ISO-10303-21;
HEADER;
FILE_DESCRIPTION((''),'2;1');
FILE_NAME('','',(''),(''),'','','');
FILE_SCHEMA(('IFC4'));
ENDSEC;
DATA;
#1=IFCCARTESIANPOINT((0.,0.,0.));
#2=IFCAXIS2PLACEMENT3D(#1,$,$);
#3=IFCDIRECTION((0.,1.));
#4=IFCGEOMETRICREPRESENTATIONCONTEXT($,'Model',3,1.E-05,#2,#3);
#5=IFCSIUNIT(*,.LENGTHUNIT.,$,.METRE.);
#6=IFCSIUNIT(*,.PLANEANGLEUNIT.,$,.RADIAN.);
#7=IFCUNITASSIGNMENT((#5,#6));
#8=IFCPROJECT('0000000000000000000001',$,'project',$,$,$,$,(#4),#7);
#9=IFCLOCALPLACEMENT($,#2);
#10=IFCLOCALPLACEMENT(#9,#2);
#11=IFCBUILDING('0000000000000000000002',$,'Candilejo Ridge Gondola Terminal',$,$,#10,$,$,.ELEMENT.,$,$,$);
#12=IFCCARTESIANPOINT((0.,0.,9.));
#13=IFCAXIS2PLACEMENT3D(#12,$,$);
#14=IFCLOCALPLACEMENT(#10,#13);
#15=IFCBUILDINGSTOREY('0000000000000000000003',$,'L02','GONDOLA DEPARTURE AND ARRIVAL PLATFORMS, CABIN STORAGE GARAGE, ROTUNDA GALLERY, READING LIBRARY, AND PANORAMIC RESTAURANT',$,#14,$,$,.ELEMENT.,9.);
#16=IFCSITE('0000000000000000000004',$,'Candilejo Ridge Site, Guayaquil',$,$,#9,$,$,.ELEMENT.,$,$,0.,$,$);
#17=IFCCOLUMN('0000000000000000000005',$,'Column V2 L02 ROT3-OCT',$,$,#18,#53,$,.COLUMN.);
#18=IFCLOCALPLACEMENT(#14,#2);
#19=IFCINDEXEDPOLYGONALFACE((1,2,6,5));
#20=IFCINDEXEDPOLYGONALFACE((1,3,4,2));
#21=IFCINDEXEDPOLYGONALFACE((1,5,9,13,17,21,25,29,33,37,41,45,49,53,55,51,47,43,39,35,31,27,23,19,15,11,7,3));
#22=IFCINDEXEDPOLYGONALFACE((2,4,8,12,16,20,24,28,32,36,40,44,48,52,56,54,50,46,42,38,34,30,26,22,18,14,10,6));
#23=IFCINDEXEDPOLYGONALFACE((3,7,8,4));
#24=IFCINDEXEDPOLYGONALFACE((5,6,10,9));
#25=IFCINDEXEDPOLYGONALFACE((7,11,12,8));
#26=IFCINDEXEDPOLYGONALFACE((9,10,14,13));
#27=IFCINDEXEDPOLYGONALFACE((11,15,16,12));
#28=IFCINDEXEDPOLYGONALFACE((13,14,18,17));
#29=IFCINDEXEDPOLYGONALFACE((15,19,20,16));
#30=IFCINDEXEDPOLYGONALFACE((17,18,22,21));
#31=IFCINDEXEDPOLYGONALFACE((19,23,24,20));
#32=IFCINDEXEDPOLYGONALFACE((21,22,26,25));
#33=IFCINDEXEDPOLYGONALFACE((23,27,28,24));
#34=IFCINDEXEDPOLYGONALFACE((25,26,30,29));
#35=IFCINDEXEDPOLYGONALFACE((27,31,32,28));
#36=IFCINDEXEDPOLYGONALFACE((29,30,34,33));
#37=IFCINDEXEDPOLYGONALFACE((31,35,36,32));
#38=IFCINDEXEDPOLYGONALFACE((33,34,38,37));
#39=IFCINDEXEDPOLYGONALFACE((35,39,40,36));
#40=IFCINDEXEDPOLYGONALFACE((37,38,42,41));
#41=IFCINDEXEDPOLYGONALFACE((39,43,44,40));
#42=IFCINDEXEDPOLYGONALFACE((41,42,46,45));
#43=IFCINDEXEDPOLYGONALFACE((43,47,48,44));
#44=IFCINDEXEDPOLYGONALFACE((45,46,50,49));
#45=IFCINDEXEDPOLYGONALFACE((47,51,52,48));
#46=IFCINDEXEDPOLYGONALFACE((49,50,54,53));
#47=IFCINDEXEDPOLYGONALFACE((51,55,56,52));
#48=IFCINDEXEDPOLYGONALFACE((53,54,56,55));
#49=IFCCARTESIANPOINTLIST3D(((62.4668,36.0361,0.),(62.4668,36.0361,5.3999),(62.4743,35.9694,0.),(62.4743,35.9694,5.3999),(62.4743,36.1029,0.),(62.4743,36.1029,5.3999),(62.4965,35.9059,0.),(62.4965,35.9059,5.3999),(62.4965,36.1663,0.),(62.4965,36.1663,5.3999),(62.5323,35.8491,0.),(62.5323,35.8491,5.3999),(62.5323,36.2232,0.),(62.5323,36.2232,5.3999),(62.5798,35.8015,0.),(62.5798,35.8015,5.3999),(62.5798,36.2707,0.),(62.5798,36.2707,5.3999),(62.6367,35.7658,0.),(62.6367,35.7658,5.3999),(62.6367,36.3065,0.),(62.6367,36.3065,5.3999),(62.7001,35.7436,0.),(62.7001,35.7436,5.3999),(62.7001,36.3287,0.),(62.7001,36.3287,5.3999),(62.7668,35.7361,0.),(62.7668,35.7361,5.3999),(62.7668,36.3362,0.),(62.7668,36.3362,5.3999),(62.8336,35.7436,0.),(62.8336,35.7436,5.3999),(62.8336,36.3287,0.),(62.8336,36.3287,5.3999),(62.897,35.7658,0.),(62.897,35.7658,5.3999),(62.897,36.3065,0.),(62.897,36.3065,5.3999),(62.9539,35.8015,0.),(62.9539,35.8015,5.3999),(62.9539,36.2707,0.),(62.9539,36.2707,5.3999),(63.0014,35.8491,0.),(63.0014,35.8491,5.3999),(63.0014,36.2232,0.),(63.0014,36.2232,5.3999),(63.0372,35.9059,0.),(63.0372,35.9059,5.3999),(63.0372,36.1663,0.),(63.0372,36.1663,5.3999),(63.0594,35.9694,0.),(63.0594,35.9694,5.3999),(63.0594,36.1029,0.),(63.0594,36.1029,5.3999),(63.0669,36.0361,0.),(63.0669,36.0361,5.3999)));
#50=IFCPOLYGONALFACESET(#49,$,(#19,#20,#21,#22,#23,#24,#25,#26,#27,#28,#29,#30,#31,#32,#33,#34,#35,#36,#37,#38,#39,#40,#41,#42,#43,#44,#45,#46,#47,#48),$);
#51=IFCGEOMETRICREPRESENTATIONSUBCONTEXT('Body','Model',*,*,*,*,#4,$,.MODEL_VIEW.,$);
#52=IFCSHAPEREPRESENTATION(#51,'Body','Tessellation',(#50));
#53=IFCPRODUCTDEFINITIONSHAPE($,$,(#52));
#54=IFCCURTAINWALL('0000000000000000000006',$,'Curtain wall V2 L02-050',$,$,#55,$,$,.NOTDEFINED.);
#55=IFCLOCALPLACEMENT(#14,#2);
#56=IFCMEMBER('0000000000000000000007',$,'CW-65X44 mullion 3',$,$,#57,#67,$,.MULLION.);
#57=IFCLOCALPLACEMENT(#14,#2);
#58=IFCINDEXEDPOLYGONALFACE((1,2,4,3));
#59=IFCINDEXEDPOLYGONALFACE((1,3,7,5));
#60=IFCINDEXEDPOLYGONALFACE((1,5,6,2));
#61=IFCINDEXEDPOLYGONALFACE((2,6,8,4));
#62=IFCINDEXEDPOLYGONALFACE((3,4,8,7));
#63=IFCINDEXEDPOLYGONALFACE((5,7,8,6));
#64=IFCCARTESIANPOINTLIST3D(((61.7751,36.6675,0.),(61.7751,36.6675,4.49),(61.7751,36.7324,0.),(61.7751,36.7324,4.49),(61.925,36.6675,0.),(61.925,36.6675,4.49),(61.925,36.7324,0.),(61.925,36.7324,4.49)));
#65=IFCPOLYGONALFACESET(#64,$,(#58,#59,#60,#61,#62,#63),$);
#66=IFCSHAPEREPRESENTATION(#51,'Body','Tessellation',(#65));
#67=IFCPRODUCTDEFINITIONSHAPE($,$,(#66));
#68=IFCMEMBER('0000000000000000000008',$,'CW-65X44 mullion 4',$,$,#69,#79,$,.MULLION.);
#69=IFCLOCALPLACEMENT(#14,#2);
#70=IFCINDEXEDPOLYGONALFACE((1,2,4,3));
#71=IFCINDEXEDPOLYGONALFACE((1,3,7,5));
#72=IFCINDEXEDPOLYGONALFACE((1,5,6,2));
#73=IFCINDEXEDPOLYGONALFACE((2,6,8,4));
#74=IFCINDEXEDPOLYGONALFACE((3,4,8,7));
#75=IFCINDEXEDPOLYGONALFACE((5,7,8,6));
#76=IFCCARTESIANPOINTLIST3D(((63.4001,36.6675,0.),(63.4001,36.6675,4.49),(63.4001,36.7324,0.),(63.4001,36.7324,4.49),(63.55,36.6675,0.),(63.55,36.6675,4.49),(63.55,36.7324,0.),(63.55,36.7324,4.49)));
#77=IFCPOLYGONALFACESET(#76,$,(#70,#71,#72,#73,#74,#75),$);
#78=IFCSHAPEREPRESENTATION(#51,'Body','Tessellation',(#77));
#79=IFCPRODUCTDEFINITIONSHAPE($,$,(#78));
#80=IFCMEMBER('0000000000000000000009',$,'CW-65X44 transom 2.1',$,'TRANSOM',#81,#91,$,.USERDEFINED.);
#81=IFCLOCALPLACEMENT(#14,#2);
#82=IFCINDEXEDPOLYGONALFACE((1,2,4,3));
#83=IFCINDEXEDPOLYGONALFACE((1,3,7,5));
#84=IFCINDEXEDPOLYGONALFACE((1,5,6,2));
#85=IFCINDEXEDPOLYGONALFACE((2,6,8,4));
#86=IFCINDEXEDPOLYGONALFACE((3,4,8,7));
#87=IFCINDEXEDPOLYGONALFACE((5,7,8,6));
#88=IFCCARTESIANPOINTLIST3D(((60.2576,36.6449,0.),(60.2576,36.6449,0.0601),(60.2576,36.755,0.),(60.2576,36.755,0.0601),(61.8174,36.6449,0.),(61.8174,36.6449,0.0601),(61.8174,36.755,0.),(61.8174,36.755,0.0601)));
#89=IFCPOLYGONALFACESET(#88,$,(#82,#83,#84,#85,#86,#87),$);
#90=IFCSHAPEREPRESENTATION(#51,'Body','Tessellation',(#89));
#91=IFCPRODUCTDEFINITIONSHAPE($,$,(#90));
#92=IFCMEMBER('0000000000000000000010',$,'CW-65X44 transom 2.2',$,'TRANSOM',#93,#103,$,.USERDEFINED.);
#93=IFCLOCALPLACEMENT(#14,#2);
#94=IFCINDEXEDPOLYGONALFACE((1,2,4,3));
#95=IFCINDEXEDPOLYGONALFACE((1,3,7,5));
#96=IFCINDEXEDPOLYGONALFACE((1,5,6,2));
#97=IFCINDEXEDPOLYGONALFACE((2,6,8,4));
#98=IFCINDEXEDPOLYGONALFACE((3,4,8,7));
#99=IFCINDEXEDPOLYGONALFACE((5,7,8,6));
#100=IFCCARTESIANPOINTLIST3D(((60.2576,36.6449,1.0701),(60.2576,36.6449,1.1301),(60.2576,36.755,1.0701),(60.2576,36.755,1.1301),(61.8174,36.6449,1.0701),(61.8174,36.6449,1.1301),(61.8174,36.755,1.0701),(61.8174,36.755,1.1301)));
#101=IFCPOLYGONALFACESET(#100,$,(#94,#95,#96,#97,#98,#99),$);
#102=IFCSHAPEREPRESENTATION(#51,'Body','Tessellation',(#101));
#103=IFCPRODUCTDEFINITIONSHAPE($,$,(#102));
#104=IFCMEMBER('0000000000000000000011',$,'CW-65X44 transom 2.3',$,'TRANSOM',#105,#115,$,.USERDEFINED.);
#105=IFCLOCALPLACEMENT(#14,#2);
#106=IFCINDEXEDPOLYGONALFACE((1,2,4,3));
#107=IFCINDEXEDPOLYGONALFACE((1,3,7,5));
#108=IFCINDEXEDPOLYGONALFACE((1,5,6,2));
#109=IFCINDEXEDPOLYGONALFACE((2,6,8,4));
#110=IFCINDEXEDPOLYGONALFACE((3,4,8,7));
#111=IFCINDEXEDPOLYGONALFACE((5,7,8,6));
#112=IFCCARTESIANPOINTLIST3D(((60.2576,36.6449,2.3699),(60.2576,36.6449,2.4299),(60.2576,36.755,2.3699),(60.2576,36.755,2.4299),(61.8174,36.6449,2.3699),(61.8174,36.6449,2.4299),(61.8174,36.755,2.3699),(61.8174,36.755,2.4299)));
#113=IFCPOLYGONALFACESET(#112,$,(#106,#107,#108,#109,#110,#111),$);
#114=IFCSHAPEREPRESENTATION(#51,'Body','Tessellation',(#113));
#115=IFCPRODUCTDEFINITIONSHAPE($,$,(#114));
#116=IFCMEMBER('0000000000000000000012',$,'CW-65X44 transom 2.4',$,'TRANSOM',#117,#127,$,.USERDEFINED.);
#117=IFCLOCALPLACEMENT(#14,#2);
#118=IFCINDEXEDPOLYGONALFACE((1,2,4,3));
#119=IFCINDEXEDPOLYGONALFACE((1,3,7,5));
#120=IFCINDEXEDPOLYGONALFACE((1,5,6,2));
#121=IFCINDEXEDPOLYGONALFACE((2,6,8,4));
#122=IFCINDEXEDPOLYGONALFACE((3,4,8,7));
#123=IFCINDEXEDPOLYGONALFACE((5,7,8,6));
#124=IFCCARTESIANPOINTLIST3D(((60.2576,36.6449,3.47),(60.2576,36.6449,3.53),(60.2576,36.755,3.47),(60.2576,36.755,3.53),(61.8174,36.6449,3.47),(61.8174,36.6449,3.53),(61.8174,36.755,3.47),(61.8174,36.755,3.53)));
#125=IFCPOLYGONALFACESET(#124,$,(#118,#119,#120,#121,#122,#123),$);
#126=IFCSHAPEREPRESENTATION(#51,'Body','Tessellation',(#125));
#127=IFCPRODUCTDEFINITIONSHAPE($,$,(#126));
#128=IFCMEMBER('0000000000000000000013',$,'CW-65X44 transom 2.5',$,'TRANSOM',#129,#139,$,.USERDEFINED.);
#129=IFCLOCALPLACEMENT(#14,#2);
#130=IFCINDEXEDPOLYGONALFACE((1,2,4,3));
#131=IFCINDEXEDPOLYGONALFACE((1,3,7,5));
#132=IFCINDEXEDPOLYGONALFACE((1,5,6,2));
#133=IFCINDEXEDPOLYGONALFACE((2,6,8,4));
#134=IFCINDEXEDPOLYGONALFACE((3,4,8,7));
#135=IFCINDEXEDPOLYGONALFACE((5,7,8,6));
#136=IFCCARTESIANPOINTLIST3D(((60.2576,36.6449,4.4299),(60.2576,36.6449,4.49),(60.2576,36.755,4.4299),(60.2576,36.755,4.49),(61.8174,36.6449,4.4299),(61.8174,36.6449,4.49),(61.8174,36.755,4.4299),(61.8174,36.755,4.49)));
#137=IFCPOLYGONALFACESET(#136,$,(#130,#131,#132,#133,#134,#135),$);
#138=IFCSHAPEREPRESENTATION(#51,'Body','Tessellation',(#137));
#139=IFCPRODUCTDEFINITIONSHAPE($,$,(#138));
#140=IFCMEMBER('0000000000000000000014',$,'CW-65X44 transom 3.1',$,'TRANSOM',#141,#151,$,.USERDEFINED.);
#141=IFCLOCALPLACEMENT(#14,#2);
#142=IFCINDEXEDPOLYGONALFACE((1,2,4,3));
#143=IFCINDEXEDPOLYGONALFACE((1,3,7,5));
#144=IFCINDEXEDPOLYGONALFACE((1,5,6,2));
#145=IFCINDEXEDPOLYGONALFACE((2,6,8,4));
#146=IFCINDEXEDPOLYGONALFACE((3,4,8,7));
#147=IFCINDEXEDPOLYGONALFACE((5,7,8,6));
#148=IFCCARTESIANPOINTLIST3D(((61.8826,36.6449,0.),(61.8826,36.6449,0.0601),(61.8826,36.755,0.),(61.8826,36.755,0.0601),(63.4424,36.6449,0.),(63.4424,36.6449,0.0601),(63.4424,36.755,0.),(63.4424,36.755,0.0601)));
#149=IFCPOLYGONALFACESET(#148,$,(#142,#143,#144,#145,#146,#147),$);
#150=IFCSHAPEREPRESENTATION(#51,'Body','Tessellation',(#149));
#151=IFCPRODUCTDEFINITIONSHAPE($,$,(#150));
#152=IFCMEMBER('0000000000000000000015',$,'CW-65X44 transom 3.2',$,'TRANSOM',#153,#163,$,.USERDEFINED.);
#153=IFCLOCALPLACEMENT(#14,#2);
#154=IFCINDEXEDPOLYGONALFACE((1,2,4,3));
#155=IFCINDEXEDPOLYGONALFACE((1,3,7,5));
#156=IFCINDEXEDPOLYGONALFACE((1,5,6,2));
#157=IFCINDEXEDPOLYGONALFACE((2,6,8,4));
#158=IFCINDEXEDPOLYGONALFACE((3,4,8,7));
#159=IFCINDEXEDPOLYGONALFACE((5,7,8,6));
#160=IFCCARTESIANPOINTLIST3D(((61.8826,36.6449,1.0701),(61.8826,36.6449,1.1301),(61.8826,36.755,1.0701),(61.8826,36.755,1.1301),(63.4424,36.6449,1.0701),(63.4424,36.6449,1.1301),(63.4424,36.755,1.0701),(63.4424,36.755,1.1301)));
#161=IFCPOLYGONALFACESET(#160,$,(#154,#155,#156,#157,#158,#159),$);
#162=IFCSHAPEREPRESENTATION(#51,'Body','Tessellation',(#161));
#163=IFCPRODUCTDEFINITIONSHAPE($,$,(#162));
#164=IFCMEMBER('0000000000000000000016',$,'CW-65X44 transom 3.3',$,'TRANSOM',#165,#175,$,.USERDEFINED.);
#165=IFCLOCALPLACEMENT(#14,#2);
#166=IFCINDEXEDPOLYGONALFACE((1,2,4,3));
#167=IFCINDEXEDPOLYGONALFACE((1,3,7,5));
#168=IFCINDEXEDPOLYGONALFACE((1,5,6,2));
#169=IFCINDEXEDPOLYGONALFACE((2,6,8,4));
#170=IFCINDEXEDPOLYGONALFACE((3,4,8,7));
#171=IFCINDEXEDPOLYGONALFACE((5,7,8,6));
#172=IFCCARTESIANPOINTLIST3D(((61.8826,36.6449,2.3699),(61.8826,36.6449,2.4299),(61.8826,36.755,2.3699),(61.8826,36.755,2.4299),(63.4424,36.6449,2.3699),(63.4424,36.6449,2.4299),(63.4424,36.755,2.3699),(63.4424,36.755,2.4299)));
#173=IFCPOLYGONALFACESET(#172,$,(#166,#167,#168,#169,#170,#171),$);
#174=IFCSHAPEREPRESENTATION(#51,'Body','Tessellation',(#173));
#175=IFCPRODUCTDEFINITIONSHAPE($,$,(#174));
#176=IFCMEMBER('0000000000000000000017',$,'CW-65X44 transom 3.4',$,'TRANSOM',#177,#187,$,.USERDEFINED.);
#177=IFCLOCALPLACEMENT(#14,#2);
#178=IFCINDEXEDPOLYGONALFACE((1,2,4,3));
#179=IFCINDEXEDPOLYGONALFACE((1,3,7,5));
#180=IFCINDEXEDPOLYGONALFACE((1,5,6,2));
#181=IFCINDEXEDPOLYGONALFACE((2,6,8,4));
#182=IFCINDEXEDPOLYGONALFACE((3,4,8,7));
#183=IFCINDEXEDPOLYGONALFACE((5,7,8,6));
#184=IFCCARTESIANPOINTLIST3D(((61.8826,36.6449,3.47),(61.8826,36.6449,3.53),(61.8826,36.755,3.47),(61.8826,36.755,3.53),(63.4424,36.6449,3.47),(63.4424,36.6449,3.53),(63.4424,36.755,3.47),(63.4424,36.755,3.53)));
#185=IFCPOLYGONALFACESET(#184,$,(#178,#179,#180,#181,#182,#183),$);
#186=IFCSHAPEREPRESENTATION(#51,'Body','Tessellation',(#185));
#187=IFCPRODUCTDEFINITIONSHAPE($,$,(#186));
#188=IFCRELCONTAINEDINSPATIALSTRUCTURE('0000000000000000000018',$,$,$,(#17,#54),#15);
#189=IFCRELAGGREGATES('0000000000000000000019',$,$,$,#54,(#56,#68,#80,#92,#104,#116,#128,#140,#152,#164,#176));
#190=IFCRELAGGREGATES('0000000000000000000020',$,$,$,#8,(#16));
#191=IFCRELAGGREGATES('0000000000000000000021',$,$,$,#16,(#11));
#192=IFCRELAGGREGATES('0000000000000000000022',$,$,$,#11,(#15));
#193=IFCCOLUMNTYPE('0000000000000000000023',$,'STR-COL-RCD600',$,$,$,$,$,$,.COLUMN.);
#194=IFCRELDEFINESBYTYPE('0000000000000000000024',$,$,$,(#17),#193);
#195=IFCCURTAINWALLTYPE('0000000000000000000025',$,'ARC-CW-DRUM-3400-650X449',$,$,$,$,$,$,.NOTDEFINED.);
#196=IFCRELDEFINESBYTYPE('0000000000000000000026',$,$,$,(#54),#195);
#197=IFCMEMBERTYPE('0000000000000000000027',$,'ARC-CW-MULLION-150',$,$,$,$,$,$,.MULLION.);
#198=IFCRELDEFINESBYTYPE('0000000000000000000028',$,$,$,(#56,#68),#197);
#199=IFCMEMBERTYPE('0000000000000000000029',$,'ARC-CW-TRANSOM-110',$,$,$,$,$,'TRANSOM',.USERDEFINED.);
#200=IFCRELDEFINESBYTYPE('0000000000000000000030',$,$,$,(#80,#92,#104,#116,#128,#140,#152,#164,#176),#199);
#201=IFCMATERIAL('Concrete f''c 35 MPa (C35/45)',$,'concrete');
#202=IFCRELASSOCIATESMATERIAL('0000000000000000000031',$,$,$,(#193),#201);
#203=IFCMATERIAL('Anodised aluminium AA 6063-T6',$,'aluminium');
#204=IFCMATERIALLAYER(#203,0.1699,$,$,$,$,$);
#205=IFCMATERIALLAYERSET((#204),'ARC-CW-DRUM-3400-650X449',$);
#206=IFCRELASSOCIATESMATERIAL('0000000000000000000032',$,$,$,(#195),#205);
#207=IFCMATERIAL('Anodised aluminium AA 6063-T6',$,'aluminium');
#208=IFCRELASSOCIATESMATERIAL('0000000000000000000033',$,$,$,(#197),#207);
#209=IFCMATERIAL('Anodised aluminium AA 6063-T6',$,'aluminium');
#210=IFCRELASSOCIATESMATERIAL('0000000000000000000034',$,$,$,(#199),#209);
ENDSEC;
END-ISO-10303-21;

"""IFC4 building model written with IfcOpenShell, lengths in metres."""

from ifc_helpers import new_model, si_unit, direction, frame, origin, origin_2d, place, context, subcontext, project, spatial, rectangle, circle, extrude, material, layer, layer_set, material_profile, profile_set, type_object, element, aggregate, save


model = new_model("IFC4")

# Units and contexts
model_context = context("Model", 3, precision=1e-05, world=origin(), true_north=direction((0.0, 1.0)))
body_context = subcontext(model_context, "Body", "Model", "MODEL_VIEW")
ifc_project = project(units=[si_unit("LENGTHUNIT", "METRE"), si_unit("PLANEANGLEUNIT", "RADIAN")], contexts=[model_context])

# Site, building, storey
site_placement = place(None, origin())
site = spatial("IfcSite", under=ifc_project, at=site_placement, Name="Candilejo Ridge Site, Guayaquil", CompositionType="ELEMENT", RefElevation=0.0)
building_placement = place(site_placement, origin())
building = spatial("IfcBuilding", under=site, at=building_placement, Name="Candilejo Ridge Gondola Terminal", CompositionType="ELEMENT")
storey_placement = place(building_placement, frame((0.0, 0.0, 9.0)))
storey = spatial("IfcBuildingStorey", under=building, at=storey_placement, Name="L02", Description="GONDOLA DEPARTURE AND ARRIVAL PLATFORMS, CABIN STORAGE GARAGE, ROTUNDA GALLERY, READING LIBRARY, AND PANORAMIC RESTAURANT", CompositionType="ELEMENT", Elevation=9.0)

# Column
ifc_material_1 = material(Name="Concrete f'c 35 MPa (C35/45)", Category="concrete")
ifc_material_profile_1 = material_profile(ifc_material_1, circle(Radius=0.3, at=origin_2d()))
ifc_profile_set_1 = profile_set([ifc_material_profile_1], Name="Concrete f'c 35 MPa (C35/45)")
column_type = type_object("IfcColumnType", Name="STR-COL-RCD600", PredefinedType="COLUMN", material=ifc_profile_set_1)
column_placement = place(storey_placement, frame((62.7668, 36.0361, 0.0), z_axis=(0.0, 0.0, 1.0), x_axis=(1.0, 0.0, 0.0)))
element("IfcColumn", 1, at=column_placement, inside=storey, type_object=column_type, Name="Column V2 L02 ROT3-OCT", PredefinedType="COLUMN", context=body_context, shape_type="SweptSolid", body=[
    extrude(circle(Radius=0.3, at=origin_2d()), origin(), (0.0, 0.0, 1.0), 5.3999),
])

# Curtain wall, members
ifc_material_2 = material(Name="Anodised aluminium AA 6063-T6", Category="aluminium")
ifc_layer_1 = layer(ifc_material_2, 0.1699)
ifc_layer_set_1 = layer_set([ifc_layer_1], Name="ARC-CW-DRUM-3400-650X449")
curtain_wall_type = type_object("IfcCurtainWallType", Name="ARC-CW-DRUM-3400-650X449", PredefinedType="NOTDEFINED", material=ifc_layer_set_1)
curtain_wall_placement = place(storey_placement, origin())
curtain_wall = element("IfcCurtainWall", 2, at=curtain_wall_placement, inside=storey, type_object=curtain_wall_type, Name="Curtain wall V2 L02-050", PredefinedType="NOTDEFINED")
ifc_material_3 = material(Name="Anodised aluminium AA 6063-T6", Category="aluminium")
ifc_material_profile_2 = material_profile(ifc_material_3, rectangle(XDim=0.0649, YDim=0.1499, at=origin_2d()))
ifc_profile_set_2 = profile_set([ifc_material_profile_2], Name="Anodised aluminium AA 6063-T6")
member_type_1 = type_object("IfcMemberType", Name="ARC-CW-MULLION-150", PredefinedType="MULLION", material=ifc_profile_set_2)
member_1_placement = place(storey_placement, frame((61.8501, 36.7, 0.0), z_axis=(0.0, 0.0, 1.0), x_axis=(0.0, 1.0, 0.0)))
member_1 = element("IfcMember", 3, at=member_1_placement, type_object=member_type_1, Name="CW-65X44 mullion 3", PredefinedType="MULLION", context=body_context, shape_type="SweptSolid", body=[
    extrude(rectangle(XDim=0.0649, YDim=0.1499, at=origin_2d()), origin(), (0.0, 0.0, 1.0), 4.49),
])
member_2_placement = place(storey_placement, frame((63.4751, 36.7, 0.0), z_axis=(0.0, 0.0, 1.0), x_axis=(0.0, 1.0, 0.0)))
member_2 = element("IfcMember", 4, at=member_2_placement, type_object=member_type_1, Name="CW-65X44 mullion 4", PredefinedType="MULLION", context=body_context, shape_type="SweptSolid", body=[
    extrude(rectangle(XDim=0.0649, YDim=0.1499, at=origin_2d()), origin(), (0.0, 0.0, 1.0), 4.49),
])
ifc_material_4 = material(Name="Anodised aluminium AA 6063-T6", Category="aluminium")
ifc_material_profile_3 = material_profile(ifc_material_4, rectangle(XDim=0.1101, YDim=0.0601, at=origin_2d()))
ifc_profile_set_3 = profile_set([ifc_material_profile_3], Name="Anodised aluminium AA 6063-T6")
member_type_2 = type_object("IfcMemberType", Name="ARC-CW-TRANSOM-110", ElementType="TRANSOM", PredefinedType="USERDEFINED", material=ifc_profile_set_3)
member_3_placement = place(storey_placement, frame((60.2576, 36.7, 0.03), z_axis=(1.0, 0.0, 0.0), x_axis=(0.0, 1.0, 0.0)))
member_3 = element("IfcMember", 5, at=member_3_placement, type_object=member_type_2, Name="CW-65X44 transom 2.1", ObjectType="TRANSOM", PredefinedType="USERDEFINED", context=body_context, shape_type="SweptSolid", body=[
    extrude(rectangle(XDim=0.1101, YDim=0.0601, at=origin_2d()), origin(), (0.0, 0.0, 1.0), 1.5598),
])
member_4_placement = place(storey_placement, frame((60.2576, 36.7, 1.1001), z_axis=(1.0, 0.0, 0.0), x_axis=(0.0, 1.0, 0.0)))
member_4 = element("IfcMember", 6, at=member_4_placement, type_object=member_type_2, Name="CW-65X44 transom 2.2", ObjectType="TRANSOM", PredefinedType="USERDEFINED", context=body_context, shape_type="SweptSolid", body=[
    extrude(rectangle(XDim=0.1101, YDim=0.0601, at=origin_2d()), origin(), (0.0, 0.0, 1.0), 1.5598),
])
member_5_placement = place(storey_placement, frame((60.2576, 36.7, 2.3999), z_axis=(1.0, 0.0, 0.0), x_axis=(0.0, 1.0, 0.0)))
member_5 = element("IfcMember", 7, at=member_5_placement, type_object=member_type_2, Name="CW-65X44 transom 2.3", ObjectType="TRANSOM", PredefinedType="USERDEFINED", context=body_context, shape_type="SweptSolid", body=[
    extrude(rectangle(XDim=0.1101, YDim=0.0601, at=origin_2d()), origin(), (0.0, 0.0, 1.0), 1.5598),
])
member_6_placement = place(storey_placement, frame((60.2576, 36.7, 3.5), z_axis=(1.0, 0.0, 0.0), x_axis=(0.0, 1.0, 0.0)))
member_6 = element("IfcMember", 8, at=member_6_placement, type_object=member_type_2, Name="CW-65X44 transom 2.4", ObjectType="TRANSOM", PredefinedType="USERDEFINED", context=body_context, shape_type="SweptSolid", body=[
    extrude(rectangle(XDim=0.1101, YDim=0.0601, at=origin_2d()), origin(), (0.0, 0.0, 1.0), 1.5598),
])
member_7_placement = place(storey_placement, frame((60.2576, 36.7, 4.46), z_axis=(1.0, 0.0, 0.0), x_axis=(0.0, 1.0, 0.0)))
member_7 = element("IfcMember", 9, at=member_7_placement, type_object=member_type_2, Name="CW-65X44 transom 2.5", ObjectType="TRANSOM", PredefinedType="USERDEFINED", context=body_context, shape_type="SweptSolid", body=[
    extrude(rectangle(XDim=0.1101, YDim=0.0601, at=origin_2d()), origin(), (0.0, 0.0, 1.0), 1.5598),
])
member_8_placement = place(storey_placement, frame((61.8826, 36.7, 0.03), z_axis=(1.0, 0.0, 0.0), x_axis=(0.0, 1.0, 0.0)))
member_8 = element("IfcMember", 10, at=member_8_placement, type_object=member_type_2, Name="CW-65X44 transom 3.1", ObjectType="TRANSOM", PredefinedType="USERDEFINED", context=body_context, shape_type="SweptSolid", body=[
    extrude(rectangle(XDim=0.1101, YDim=0.0601, at=origin_2d()), origin(), (0.0, 0.0, 1.0), 1.5598),
])
member_9_placement = place(storey_placement, frame((61.8826, 36.7, 1.1001), z_axis=(1.0, 0.0, 0.0), x_axis=(0.0, 1.0, 0.0)))
member_9 = element("IfcMember", 11, at=member_9_placement, type_object=member_type_2, Name="CW-65X44 transom 3.2", ObjectType="TRANSOM", PredefinedType="USERDEFINED", context=body_context, shape_type="SweptSolid", body=[
    extrude(rectangle(XDim=0.1101, YDim=0.0601, at=origin_2d()), origin(), (0.0, 0.0, 1.0), 1.5598),
])
member_10_placement = place(storey_placement, frame((61.8826, 36.7, 2.3999), z_axis=(1.0, 0.0, 0.0), x_axis=(0.0, 1.0, 0.0)))
member_10 = element("IfcMember", 12, at=member_10_placement, type_object=member_type_2, Name="CW-65X44 transom 3.3", ObjectType="TRANSOM", PredefinedType="USERDEFINED", context=body_context, shape_type="SweptSolid", body=[
    extrude(rectangle(XDim=0.1101, YDim=0.0601, at=origin_2d()), origin(), (0.0, 0.0, 1.0), 1.5598),
])
member_11_placement = place(storey_placement, frame((61.8826, 36.7, 3.5), z_axis=(1.0, 0.0, 0.0), x_axis=(0.0, 1.0, 0.0)))
member_11 = element("IfcMember", 13, at=member_11_placement, type_object=member_type_2, Name="CW-65X44 transom 3.4", ObjectType="TRANSOM", PredefinedType="USERDEFINED", context=body_context, shape_type="SweptSolid", body=[
    extrude(rectangle(XDim=0.1101, YDim=0.0601, at=origin_2d()), origin(), (0.0, 0.0, 1.0), 1.5598),
])

aggregate(curtain_wall, [member_1, member_2, member_3, member_4, member_5, member_6, member_7, member_8, member_9, member_10, member_11])

save(model, "model.ifc")
